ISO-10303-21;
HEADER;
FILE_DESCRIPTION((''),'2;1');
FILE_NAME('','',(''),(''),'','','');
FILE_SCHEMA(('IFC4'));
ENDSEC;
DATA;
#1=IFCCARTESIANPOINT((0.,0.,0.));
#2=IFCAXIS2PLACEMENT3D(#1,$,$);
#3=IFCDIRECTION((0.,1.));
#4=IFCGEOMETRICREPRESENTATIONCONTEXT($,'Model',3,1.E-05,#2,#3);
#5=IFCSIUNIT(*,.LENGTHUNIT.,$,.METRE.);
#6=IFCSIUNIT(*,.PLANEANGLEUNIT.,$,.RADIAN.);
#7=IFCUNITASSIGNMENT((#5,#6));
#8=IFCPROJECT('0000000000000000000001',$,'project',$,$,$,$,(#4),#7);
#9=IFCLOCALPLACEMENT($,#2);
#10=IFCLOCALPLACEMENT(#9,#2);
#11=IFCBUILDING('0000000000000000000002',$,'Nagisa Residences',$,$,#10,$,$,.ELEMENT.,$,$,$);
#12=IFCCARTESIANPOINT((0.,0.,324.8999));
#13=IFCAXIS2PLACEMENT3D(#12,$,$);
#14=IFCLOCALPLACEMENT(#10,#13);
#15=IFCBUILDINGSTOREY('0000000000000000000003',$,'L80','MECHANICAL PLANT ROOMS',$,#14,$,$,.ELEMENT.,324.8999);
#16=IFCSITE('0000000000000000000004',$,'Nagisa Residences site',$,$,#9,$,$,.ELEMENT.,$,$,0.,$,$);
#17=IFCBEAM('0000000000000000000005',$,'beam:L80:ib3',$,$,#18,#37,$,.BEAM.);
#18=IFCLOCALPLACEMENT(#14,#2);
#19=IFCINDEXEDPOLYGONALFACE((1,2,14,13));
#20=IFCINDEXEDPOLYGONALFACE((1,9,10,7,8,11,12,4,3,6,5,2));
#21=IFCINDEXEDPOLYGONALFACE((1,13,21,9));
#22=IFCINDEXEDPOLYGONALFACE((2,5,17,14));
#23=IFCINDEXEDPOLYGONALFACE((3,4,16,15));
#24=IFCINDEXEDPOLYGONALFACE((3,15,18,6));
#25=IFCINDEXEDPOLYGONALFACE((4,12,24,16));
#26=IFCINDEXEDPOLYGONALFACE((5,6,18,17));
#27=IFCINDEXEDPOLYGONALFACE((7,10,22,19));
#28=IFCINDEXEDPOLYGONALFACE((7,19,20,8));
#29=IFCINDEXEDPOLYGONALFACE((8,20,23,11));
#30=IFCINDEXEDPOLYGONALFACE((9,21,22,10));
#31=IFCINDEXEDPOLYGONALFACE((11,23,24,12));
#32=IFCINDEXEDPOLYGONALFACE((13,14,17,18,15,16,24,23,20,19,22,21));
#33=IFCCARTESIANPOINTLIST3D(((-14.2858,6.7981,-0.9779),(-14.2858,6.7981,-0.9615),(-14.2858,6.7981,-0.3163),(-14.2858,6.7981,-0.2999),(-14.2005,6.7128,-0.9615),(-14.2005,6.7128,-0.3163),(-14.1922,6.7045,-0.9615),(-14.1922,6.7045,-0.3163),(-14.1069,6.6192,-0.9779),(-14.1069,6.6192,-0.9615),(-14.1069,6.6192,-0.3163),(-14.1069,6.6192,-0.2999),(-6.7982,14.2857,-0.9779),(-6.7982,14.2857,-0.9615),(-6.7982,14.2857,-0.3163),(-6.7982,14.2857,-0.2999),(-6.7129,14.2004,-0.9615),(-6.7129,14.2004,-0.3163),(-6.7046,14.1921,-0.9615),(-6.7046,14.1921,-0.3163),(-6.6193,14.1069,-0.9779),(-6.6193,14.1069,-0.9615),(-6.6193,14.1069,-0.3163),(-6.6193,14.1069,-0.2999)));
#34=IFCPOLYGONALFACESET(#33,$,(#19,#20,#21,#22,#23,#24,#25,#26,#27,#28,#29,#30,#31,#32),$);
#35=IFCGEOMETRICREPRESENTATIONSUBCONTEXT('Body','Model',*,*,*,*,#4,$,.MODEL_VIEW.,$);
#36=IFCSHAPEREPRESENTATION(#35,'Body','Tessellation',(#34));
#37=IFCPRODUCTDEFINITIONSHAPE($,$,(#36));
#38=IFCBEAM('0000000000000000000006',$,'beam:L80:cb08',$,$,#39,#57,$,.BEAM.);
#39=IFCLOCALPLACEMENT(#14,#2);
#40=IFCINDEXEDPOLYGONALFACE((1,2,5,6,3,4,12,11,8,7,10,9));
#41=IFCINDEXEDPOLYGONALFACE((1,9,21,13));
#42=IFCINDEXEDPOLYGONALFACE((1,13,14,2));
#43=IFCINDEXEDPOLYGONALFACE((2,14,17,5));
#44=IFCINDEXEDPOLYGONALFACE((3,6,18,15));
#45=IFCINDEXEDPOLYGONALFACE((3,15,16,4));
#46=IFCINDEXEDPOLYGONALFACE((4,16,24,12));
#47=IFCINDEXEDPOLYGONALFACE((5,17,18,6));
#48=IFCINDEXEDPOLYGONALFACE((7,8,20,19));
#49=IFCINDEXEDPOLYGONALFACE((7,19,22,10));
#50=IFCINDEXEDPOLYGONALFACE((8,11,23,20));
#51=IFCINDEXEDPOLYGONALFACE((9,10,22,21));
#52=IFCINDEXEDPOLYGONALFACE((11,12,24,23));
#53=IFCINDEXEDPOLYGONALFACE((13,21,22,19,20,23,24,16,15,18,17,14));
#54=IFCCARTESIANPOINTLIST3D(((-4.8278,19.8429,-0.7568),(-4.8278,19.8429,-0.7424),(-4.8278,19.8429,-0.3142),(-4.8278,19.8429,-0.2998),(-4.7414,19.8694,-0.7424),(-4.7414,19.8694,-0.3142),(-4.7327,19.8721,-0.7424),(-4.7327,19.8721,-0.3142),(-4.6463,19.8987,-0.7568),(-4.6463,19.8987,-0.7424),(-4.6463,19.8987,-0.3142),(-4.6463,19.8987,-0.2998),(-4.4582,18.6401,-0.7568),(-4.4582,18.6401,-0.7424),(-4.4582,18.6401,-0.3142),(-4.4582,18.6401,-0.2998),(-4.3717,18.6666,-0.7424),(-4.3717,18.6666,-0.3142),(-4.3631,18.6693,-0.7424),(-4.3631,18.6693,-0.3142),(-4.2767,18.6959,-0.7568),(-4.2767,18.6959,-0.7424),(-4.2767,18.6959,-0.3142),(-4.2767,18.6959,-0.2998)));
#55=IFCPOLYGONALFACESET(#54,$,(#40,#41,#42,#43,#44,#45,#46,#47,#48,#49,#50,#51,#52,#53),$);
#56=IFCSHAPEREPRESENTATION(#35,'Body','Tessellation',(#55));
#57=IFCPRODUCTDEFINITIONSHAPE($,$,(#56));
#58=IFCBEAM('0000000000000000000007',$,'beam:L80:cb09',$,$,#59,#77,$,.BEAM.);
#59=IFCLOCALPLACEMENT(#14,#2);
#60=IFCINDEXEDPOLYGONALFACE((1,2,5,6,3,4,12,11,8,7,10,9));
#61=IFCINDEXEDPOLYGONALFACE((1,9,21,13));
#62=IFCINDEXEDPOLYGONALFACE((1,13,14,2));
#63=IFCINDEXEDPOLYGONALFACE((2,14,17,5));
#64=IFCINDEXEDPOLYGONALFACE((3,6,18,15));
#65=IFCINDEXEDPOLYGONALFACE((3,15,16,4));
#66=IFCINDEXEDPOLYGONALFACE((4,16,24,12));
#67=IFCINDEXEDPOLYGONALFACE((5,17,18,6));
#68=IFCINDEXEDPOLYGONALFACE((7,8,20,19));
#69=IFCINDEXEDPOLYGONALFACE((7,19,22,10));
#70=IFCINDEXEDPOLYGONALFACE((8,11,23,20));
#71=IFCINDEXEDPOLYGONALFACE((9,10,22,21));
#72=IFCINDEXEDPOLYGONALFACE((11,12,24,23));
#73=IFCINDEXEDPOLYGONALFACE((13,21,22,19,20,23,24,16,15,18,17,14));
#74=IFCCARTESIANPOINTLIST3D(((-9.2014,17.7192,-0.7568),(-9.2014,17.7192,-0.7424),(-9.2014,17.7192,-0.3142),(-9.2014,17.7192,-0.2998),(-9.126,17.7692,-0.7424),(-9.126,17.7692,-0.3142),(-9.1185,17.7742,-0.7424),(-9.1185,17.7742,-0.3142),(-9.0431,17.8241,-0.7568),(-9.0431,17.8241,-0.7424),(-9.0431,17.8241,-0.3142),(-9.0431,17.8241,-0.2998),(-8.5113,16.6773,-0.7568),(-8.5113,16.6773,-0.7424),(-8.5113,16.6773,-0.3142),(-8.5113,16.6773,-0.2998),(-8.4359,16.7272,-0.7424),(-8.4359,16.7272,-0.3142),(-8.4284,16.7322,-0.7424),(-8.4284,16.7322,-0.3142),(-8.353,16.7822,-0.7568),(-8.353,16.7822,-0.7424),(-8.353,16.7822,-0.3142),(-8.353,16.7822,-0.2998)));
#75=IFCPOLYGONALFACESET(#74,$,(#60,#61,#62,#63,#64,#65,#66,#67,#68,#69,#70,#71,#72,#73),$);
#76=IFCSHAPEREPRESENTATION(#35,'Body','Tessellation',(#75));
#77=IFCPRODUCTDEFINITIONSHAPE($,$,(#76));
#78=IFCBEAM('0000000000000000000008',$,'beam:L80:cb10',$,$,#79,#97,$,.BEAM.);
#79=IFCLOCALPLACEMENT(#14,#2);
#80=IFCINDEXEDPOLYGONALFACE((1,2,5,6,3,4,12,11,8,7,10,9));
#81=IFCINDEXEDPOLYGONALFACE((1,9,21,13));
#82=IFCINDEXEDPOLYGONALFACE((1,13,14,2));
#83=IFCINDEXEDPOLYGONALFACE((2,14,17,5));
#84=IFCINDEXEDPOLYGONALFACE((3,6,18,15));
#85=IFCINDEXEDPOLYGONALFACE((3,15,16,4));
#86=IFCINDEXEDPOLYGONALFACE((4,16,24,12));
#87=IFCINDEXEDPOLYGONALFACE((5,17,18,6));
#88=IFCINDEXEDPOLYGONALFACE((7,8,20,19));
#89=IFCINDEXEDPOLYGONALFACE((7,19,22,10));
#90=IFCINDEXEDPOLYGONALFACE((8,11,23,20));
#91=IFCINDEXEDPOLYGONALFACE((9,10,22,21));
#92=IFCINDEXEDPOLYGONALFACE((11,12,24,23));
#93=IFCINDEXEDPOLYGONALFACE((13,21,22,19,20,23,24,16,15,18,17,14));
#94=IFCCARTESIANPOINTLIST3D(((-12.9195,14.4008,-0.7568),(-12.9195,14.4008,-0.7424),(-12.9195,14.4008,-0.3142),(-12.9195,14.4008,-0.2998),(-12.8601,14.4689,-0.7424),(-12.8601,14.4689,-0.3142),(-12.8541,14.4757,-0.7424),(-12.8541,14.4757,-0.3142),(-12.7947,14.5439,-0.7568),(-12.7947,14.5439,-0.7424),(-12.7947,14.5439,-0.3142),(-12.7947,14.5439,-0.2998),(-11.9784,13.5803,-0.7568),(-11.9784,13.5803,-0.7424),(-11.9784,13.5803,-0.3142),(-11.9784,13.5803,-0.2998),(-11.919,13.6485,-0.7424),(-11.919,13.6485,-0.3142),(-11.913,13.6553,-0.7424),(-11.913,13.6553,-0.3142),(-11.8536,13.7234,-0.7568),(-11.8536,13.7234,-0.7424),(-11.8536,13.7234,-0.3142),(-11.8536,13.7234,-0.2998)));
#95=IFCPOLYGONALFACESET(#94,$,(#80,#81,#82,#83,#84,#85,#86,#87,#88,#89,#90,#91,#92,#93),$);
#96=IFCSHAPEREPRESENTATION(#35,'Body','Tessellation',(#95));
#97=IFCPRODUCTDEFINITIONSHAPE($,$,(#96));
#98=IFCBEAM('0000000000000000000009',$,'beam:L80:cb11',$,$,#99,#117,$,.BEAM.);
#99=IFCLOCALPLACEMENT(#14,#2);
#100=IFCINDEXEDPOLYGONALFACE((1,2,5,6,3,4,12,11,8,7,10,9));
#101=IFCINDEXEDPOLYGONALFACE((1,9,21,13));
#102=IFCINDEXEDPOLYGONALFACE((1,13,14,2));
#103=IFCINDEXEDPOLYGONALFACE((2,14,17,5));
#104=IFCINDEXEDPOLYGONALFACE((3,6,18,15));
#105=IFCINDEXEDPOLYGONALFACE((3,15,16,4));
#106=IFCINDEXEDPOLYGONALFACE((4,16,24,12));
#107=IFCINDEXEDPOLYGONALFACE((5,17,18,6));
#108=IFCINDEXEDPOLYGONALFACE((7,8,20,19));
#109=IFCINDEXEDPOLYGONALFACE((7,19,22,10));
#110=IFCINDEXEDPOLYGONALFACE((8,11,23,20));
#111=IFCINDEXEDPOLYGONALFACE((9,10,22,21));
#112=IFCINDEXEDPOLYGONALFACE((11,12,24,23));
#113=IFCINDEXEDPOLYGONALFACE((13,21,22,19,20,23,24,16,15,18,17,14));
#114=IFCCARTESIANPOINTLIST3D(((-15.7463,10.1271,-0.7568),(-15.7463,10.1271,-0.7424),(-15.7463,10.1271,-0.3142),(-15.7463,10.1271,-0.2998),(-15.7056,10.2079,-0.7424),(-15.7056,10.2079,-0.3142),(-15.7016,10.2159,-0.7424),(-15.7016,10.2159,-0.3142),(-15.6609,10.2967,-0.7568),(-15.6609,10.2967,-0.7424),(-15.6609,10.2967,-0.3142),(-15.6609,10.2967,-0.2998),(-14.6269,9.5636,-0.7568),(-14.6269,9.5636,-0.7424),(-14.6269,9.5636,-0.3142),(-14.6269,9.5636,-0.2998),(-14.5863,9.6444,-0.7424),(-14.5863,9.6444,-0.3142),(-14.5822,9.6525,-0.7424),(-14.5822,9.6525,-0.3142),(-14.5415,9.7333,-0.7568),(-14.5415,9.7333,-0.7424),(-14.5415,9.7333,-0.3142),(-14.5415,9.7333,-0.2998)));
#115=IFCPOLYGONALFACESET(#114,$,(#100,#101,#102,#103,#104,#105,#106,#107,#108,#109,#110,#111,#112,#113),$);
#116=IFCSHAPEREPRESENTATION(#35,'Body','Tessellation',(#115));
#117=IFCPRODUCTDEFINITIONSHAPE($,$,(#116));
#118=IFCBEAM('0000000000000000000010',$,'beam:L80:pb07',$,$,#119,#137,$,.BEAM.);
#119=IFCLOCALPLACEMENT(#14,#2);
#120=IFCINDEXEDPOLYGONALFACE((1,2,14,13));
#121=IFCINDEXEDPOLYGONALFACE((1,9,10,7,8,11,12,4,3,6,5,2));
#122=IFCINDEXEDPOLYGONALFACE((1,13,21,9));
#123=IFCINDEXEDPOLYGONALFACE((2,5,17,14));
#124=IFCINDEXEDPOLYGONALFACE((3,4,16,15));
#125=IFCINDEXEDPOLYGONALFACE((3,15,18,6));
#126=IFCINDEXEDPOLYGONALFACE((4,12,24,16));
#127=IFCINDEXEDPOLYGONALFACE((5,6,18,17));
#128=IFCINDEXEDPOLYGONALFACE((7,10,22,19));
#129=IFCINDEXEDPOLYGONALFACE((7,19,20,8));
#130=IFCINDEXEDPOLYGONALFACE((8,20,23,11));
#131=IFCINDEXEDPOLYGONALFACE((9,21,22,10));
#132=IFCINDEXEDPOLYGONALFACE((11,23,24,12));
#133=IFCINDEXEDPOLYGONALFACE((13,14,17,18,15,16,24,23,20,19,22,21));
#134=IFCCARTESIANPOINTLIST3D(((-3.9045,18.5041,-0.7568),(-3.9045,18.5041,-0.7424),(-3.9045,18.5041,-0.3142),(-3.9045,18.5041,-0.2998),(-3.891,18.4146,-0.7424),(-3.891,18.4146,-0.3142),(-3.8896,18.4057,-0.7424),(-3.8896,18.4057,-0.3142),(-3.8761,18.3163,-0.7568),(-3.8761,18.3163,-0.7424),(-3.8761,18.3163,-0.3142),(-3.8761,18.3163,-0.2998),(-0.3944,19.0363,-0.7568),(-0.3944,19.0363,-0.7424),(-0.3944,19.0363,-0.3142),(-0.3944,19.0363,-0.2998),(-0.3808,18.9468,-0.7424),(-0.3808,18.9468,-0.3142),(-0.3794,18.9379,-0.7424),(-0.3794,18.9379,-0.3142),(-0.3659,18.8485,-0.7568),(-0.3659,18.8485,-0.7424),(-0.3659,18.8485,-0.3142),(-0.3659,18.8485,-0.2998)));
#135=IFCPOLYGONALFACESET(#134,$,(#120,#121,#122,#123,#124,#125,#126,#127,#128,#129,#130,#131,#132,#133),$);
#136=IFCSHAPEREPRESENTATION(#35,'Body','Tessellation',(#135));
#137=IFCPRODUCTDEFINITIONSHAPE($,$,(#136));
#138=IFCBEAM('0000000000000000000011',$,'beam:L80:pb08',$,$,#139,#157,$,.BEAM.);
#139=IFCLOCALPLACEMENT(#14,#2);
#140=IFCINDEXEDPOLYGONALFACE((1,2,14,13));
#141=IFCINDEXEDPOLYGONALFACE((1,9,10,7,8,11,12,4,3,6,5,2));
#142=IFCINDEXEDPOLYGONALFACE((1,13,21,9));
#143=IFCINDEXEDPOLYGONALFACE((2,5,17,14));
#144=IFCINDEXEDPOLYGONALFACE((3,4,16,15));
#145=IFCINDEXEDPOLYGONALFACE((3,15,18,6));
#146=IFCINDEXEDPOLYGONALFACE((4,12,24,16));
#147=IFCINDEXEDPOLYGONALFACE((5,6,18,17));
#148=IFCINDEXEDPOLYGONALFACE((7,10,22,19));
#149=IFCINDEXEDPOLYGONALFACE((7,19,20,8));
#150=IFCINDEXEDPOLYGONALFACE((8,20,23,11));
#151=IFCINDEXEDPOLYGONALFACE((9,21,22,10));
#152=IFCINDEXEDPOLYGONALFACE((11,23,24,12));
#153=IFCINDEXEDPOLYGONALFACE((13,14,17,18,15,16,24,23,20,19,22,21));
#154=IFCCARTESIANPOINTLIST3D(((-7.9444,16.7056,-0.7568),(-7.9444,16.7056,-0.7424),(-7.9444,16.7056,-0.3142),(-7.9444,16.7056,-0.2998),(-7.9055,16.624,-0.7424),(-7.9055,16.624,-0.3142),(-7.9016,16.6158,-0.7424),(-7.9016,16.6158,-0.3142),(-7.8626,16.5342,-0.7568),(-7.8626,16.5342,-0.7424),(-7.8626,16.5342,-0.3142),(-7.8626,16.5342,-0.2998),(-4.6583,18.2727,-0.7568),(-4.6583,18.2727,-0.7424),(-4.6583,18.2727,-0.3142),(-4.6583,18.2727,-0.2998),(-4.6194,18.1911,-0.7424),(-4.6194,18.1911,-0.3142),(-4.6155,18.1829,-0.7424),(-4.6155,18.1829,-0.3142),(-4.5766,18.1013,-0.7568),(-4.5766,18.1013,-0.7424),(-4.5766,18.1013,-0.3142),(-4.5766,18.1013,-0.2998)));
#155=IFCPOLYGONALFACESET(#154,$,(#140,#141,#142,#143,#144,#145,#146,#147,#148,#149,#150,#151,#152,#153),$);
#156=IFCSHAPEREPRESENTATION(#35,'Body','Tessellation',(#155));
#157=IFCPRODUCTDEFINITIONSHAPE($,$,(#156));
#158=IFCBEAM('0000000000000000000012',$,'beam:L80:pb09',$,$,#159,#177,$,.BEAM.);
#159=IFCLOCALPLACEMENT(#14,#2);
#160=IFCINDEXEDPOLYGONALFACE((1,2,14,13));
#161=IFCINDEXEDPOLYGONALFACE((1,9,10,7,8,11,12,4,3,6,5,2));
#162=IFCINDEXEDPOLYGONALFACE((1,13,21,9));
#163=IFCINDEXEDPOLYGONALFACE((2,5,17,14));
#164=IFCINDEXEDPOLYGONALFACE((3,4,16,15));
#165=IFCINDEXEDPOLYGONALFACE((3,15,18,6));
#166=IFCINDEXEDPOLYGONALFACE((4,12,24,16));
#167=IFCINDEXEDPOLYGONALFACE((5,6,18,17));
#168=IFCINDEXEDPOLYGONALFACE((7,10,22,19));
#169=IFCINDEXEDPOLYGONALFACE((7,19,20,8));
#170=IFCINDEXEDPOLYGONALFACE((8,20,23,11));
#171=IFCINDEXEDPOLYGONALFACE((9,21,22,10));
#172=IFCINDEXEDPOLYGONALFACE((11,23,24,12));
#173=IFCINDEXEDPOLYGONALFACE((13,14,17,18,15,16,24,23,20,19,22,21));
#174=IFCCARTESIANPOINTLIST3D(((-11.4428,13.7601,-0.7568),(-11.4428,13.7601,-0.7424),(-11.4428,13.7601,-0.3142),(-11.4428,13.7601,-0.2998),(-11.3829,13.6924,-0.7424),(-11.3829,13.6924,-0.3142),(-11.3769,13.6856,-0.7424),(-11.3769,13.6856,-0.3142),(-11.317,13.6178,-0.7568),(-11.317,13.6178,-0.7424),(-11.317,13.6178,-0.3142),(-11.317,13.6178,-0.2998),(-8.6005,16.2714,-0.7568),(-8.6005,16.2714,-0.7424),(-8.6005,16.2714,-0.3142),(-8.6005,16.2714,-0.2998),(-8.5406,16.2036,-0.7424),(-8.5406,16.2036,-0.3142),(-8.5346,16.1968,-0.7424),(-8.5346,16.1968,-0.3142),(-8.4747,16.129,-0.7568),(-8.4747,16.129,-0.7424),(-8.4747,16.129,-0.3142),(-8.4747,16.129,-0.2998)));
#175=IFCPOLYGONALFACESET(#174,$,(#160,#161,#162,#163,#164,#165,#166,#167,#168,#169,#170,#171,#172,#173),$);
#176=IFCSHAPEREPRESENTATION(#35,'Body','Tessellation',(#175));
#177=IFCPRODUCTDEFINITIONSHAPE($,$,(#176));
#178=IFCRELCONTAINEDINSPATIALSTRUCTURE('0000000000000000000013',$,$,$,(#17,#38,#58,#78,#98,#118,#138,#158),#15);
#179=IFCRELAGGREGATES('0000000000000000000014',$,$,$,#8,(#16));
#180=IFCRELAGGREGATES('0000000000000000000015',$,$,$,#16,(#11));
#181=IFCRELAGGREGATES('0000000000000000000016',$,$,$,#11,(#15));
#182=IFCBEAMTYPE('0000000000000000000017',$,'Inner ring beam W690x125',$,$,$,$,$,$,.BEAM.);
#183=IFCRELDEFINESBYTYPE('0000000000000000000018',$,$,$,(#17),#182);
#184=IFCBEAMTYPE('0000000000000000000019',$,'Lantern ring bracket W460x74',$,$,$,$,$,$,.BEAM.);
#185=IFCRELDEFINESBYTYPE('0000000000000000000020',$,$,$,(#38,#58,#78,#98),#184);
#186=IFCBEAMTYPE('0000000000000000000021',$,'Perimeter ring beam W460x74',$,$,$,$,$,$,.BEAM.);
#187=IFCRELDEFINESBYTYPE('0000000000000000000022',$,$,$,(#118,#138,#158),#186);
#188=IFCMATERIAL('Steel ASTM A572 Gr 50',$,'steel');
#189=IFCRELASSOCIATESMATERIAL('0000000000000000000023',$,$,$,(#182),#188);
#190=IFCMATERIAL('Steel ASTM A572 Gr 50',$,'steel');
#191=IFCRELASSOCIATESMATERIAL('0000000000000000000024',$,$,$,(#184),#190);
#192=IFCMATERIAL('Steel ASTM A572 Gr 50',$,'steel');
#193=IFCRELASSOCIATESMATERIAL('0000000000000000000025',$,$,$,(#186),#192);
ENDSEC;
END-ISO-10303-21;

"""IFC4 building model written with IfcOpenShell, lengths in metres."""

from ifc_helpers import new_model, si_unit, direction, frame, origin, origin_2d, place, context, subcontext, project, spatial, i_section, extrude, material, material_profile, profile_set, type_object, element, save


model = new_model("IFC4")

# Units and contexts
model_context = context("Model", 3, precision=1e-05, world=origin(), true_north=direction((0.0, 1.0)))
body_context = subcontext(model_context, "Body", "Model", "MODEL_VIEW")
ifc_project = project(units=[si_unit("LENGTHUNIT", "METRE"), si_unit("PLANEANGLEUNIT", "RADIAN")], contexts=[model_context])

# Site, building, storey
site_placement = place(None, origin())
site = spatial("IfcSite", under=ifc_project, at=site_placement, Name="Nagisa Residences site", CompositionType="ELEMENT", RefElevation=0.0)
building_placement = place(site_placement, origin())
building = spatial("IfcBuilding", under=site, at=building_placement, Name="Nagisa Residences", CompositionType="ELEMENT")
storey_placement = place(building_placement, frame((0.0, 0.0, 324.8999)))
storey = spatial("IfcBuildingStorey", under=building, at=storey_placement, Name="L80", Description="MECHANICAL PLANT ROOMS", CompositionType="ELEMENT", Elevation=324.8999)

# Beams
ifc_material_1 = material(Name="Steel ASTM A572 Gr 50", Category="steel")
ifc_material_profile_1 = material_profile(ifc_material_1, i_section(OverallWidth=0.2529, OverallDepth=0.678, WebThickness=0.0117, FlangeThickness=0.0164, at=origin_2d()), Name="W690x125")
ifc_profile_set_1 = profile_set([ifc_material_profile_1], Name="Steel ASTM A572 Gr 50")
beam_type_1 = type_object("IfcBeamType", Name="Inner ring beam W690x125", PredefinedType="BEAM", material=ifc_profile_set_1)
beam_1_placement = place(storey_placement, frame((-6.7087, 14.1963, -0.6389), z_axis=(-0.707107, -0.707107, 0.0), x_axis=(0.707107, -0.707107, 0.0)))
element("IfcBeam", 1, at=beam_1_placement, inside=storey, type_object=beam_type_1, Name="beam:L80:ib3", PredefinedType="BEAM", context=body_context, shape_type="SweptSolid", body=[
    extrude(i_section(OverallWidth=0.2529, OverallDepth=0.678, WebThickness=0.0117, FlangeThickness=0.0164, at=origin_2d()), origin(), (0.0, 0.0, 1.0), 10.5891),
])
ifc_material_2 = material(Name="Steel ASTM A572 Gr 50", Category="steel")
ifc_material_profile_2 = material_profile(ifc_material_2, i_section(OverallWidth=0.1899, OverallDepth=0.457, WebThickness=0.009, FlangeThickness=0.0144, at=origin_2d()), Name="W460x74")
ifc_profile_set_2 = profile_set([ifc_material_profile_2], Name="Steel ASTM A572 Gr 50")
beam_type_2 = type_object("IfcBeamType", Name="Lantern ring bracket W460x74", PredefinedType="BEAM", material=ifc_profile_set_2)
beam_2_placement = place(storey_placement, frame((-4.3674, 18.668, -0.5283), z_axis=(-0.293731, 0.955888, 0.0), x_axis=(-0.955888, -0.293731, 0.0)))
element("IfcBeam", 2, at=beam_2_placement, inside=storey, type_object=beam_type_2, Name="beam:L80:cb08", PredefinedType="BEAM", context=body_context, shape_type="SweptSolid", body=[
    extrude(i_section(OverallWidth=0.1899, OverallDepth=0.457, WebThickness=0.009, FlangeThickness=0.0144, at=origin_2d()), origin(), (0.0, 0.0, 1.0), 1.2583),
])
beam_3_placement = place(storey_placement, frame((-8.4321, 16.7297, -0.5283), z_axis=(-0.552218, 0.833699, 0.0), x_axis=(-0.833699, -0.552218, 0.0)))
element("IfcBeam", 3, at=beam_3_placement, inside=storey, type_object=beam_type_2, Name="beam:L80:cb09", PredefinedType="BEAM", context=body_context, shape_type="SweptSolid", body=[
    extrude(i_section(OverallWidth=0.1899, OverallDepth=0.457, WebThickness=0.009, FlangeThickness=0.0144, at=origin_2d()), origin(), (0.0, 0.0, 1.0), 1.2498),
])
beam_4_placement = place(storey_placement, frame((-11.916, 13.6519, -0.5283), z_axis=(-0.75375, 0.657161, 0.0), x_axis=(-0.657161, -0.75375, 0.0)))
element("IfcBeam", 4, at=beam_4_placement, inside=storey, type_object=beam_type_2, Name="beam:L80:cb10", PredefinedType="BEAM", context=body_context, shape_type="SweptSolid", body=[
    extrude(i_section(OverallWidth=0.1899, OverallDepth=0.457, WebThickness=0.009, FlangeThickness=0.0144, at=origin_2d()), origin(), (0.0, 0.0, 1.0), 1.2485),
])
beam_5_placement = place(storey_placement, frame((-14.5842, 9.6484, -0.5283), z_axis=(-0.893216, 0.449628, 0.0), x_axis=(-0.449628, -0.893216, 0.0)))
element("IfcBeam", 5, at=beam_5_placement, inside=storey, type_object=beam_type_2, Name="beam:L80:cb11", PredefinedType="BEAM", context=body_context, shape_type="SweptSolid", body=[
    extrude(i_section(OverallWidth=0.1899, OverallDepth=0.457, WebThickness=0.009, FlangeThickness=0.0144, at=origin_2d()), origin(), (0.0, 0.0, 1.0), 1.2532),
])
ifc_material_3 = material(Name="Steel ASTM A572 Gr 50", Category="steel")
ifc_material_profile_3 = material_profile(ifc_material_3, i_section(OverallWidth=0.1899, OverallDepth=0.457, WebThickness=0.009, FlangeThickness=0.0144, at=origin_2d()), Name="W460x74")
ifc_profile_set_3 = profile_set([ifc_material_profile_3], Name="Steel ASTM A572 Gr 50")
beam_type_3 = type_object("IfcBeamType", Name="Perimeter ring beam W460x74", PredefinedType="BEAM", material=ifc_profile_set_3)
beam_6_placement = place(storey_placement, frame((-0.3801, 18.9424, -0.5283), z_axis=(-0.9887, -0.149907, 0.0), x_axis=(0.149907, -0.9887, 0.0)))
element("IfcBeam", 6, at=beam_6_placement, inside=storey, type_object=beam_type_3, Name="beam:L80:pb07", PredefinedType="BEAM", context=body_context, shape_type="SweptSolid", body=[
    extrude(i_section(OverallWidth=0.1899, OverallDepth=0.457, WebThickness=0.009, FlangeThickness=0.0144, at=origin_2d()), origin(), (0.0, 0.0, 1.0), 3.5503),
])
beam_7_placement = place(storey_placement, frame((-4.6174, 18.187, -0.5283), z_axis=(-0.902614, -0.430452, 0.0), x_axis=(0.430452, -0.902614, 0.0)))
element("IfcBeam", 7, at=beam_7_placement, inside=storey, type_object=beam_type_3, Name="beam:L80:pb08", PredefinedType="BEAM", context=body_context, shape_type="SweptSolid", body=[
    extrude(i_section(OverallWidth=0.1899, OverallDepth=0.457, WebThickness=0.009, FlangeThickness=0.0144, at=origin_2d()), origin(), (0.0, 0.0, 1.0), 3.6406),
])
beam_8_placement = place(storey_placement, frame((-8.5376, 16.2002, -0.5283), z_axis=(-0.749402, -0.662115, 0.0), x_axis=(0.662115, -0.749402, 0.0)))
element("IfcBeam", 8, at=beam_8_placement, inside=storey, type_object=beam_type_3, Name="beam:L80:pb09", PredefinedType="BEAM", context=body_context, shape_type="SweptSolid", body=[
    extrude(i_section(OverallWidth=0.1899, OverallDepth=0.457, WebThickness=0.009, FlangeThickness=0.0144, at=origin_2d()), origin(), (0.0, 0.0, 1.0), 3.7927),
])

save(model, "model.ifc")
